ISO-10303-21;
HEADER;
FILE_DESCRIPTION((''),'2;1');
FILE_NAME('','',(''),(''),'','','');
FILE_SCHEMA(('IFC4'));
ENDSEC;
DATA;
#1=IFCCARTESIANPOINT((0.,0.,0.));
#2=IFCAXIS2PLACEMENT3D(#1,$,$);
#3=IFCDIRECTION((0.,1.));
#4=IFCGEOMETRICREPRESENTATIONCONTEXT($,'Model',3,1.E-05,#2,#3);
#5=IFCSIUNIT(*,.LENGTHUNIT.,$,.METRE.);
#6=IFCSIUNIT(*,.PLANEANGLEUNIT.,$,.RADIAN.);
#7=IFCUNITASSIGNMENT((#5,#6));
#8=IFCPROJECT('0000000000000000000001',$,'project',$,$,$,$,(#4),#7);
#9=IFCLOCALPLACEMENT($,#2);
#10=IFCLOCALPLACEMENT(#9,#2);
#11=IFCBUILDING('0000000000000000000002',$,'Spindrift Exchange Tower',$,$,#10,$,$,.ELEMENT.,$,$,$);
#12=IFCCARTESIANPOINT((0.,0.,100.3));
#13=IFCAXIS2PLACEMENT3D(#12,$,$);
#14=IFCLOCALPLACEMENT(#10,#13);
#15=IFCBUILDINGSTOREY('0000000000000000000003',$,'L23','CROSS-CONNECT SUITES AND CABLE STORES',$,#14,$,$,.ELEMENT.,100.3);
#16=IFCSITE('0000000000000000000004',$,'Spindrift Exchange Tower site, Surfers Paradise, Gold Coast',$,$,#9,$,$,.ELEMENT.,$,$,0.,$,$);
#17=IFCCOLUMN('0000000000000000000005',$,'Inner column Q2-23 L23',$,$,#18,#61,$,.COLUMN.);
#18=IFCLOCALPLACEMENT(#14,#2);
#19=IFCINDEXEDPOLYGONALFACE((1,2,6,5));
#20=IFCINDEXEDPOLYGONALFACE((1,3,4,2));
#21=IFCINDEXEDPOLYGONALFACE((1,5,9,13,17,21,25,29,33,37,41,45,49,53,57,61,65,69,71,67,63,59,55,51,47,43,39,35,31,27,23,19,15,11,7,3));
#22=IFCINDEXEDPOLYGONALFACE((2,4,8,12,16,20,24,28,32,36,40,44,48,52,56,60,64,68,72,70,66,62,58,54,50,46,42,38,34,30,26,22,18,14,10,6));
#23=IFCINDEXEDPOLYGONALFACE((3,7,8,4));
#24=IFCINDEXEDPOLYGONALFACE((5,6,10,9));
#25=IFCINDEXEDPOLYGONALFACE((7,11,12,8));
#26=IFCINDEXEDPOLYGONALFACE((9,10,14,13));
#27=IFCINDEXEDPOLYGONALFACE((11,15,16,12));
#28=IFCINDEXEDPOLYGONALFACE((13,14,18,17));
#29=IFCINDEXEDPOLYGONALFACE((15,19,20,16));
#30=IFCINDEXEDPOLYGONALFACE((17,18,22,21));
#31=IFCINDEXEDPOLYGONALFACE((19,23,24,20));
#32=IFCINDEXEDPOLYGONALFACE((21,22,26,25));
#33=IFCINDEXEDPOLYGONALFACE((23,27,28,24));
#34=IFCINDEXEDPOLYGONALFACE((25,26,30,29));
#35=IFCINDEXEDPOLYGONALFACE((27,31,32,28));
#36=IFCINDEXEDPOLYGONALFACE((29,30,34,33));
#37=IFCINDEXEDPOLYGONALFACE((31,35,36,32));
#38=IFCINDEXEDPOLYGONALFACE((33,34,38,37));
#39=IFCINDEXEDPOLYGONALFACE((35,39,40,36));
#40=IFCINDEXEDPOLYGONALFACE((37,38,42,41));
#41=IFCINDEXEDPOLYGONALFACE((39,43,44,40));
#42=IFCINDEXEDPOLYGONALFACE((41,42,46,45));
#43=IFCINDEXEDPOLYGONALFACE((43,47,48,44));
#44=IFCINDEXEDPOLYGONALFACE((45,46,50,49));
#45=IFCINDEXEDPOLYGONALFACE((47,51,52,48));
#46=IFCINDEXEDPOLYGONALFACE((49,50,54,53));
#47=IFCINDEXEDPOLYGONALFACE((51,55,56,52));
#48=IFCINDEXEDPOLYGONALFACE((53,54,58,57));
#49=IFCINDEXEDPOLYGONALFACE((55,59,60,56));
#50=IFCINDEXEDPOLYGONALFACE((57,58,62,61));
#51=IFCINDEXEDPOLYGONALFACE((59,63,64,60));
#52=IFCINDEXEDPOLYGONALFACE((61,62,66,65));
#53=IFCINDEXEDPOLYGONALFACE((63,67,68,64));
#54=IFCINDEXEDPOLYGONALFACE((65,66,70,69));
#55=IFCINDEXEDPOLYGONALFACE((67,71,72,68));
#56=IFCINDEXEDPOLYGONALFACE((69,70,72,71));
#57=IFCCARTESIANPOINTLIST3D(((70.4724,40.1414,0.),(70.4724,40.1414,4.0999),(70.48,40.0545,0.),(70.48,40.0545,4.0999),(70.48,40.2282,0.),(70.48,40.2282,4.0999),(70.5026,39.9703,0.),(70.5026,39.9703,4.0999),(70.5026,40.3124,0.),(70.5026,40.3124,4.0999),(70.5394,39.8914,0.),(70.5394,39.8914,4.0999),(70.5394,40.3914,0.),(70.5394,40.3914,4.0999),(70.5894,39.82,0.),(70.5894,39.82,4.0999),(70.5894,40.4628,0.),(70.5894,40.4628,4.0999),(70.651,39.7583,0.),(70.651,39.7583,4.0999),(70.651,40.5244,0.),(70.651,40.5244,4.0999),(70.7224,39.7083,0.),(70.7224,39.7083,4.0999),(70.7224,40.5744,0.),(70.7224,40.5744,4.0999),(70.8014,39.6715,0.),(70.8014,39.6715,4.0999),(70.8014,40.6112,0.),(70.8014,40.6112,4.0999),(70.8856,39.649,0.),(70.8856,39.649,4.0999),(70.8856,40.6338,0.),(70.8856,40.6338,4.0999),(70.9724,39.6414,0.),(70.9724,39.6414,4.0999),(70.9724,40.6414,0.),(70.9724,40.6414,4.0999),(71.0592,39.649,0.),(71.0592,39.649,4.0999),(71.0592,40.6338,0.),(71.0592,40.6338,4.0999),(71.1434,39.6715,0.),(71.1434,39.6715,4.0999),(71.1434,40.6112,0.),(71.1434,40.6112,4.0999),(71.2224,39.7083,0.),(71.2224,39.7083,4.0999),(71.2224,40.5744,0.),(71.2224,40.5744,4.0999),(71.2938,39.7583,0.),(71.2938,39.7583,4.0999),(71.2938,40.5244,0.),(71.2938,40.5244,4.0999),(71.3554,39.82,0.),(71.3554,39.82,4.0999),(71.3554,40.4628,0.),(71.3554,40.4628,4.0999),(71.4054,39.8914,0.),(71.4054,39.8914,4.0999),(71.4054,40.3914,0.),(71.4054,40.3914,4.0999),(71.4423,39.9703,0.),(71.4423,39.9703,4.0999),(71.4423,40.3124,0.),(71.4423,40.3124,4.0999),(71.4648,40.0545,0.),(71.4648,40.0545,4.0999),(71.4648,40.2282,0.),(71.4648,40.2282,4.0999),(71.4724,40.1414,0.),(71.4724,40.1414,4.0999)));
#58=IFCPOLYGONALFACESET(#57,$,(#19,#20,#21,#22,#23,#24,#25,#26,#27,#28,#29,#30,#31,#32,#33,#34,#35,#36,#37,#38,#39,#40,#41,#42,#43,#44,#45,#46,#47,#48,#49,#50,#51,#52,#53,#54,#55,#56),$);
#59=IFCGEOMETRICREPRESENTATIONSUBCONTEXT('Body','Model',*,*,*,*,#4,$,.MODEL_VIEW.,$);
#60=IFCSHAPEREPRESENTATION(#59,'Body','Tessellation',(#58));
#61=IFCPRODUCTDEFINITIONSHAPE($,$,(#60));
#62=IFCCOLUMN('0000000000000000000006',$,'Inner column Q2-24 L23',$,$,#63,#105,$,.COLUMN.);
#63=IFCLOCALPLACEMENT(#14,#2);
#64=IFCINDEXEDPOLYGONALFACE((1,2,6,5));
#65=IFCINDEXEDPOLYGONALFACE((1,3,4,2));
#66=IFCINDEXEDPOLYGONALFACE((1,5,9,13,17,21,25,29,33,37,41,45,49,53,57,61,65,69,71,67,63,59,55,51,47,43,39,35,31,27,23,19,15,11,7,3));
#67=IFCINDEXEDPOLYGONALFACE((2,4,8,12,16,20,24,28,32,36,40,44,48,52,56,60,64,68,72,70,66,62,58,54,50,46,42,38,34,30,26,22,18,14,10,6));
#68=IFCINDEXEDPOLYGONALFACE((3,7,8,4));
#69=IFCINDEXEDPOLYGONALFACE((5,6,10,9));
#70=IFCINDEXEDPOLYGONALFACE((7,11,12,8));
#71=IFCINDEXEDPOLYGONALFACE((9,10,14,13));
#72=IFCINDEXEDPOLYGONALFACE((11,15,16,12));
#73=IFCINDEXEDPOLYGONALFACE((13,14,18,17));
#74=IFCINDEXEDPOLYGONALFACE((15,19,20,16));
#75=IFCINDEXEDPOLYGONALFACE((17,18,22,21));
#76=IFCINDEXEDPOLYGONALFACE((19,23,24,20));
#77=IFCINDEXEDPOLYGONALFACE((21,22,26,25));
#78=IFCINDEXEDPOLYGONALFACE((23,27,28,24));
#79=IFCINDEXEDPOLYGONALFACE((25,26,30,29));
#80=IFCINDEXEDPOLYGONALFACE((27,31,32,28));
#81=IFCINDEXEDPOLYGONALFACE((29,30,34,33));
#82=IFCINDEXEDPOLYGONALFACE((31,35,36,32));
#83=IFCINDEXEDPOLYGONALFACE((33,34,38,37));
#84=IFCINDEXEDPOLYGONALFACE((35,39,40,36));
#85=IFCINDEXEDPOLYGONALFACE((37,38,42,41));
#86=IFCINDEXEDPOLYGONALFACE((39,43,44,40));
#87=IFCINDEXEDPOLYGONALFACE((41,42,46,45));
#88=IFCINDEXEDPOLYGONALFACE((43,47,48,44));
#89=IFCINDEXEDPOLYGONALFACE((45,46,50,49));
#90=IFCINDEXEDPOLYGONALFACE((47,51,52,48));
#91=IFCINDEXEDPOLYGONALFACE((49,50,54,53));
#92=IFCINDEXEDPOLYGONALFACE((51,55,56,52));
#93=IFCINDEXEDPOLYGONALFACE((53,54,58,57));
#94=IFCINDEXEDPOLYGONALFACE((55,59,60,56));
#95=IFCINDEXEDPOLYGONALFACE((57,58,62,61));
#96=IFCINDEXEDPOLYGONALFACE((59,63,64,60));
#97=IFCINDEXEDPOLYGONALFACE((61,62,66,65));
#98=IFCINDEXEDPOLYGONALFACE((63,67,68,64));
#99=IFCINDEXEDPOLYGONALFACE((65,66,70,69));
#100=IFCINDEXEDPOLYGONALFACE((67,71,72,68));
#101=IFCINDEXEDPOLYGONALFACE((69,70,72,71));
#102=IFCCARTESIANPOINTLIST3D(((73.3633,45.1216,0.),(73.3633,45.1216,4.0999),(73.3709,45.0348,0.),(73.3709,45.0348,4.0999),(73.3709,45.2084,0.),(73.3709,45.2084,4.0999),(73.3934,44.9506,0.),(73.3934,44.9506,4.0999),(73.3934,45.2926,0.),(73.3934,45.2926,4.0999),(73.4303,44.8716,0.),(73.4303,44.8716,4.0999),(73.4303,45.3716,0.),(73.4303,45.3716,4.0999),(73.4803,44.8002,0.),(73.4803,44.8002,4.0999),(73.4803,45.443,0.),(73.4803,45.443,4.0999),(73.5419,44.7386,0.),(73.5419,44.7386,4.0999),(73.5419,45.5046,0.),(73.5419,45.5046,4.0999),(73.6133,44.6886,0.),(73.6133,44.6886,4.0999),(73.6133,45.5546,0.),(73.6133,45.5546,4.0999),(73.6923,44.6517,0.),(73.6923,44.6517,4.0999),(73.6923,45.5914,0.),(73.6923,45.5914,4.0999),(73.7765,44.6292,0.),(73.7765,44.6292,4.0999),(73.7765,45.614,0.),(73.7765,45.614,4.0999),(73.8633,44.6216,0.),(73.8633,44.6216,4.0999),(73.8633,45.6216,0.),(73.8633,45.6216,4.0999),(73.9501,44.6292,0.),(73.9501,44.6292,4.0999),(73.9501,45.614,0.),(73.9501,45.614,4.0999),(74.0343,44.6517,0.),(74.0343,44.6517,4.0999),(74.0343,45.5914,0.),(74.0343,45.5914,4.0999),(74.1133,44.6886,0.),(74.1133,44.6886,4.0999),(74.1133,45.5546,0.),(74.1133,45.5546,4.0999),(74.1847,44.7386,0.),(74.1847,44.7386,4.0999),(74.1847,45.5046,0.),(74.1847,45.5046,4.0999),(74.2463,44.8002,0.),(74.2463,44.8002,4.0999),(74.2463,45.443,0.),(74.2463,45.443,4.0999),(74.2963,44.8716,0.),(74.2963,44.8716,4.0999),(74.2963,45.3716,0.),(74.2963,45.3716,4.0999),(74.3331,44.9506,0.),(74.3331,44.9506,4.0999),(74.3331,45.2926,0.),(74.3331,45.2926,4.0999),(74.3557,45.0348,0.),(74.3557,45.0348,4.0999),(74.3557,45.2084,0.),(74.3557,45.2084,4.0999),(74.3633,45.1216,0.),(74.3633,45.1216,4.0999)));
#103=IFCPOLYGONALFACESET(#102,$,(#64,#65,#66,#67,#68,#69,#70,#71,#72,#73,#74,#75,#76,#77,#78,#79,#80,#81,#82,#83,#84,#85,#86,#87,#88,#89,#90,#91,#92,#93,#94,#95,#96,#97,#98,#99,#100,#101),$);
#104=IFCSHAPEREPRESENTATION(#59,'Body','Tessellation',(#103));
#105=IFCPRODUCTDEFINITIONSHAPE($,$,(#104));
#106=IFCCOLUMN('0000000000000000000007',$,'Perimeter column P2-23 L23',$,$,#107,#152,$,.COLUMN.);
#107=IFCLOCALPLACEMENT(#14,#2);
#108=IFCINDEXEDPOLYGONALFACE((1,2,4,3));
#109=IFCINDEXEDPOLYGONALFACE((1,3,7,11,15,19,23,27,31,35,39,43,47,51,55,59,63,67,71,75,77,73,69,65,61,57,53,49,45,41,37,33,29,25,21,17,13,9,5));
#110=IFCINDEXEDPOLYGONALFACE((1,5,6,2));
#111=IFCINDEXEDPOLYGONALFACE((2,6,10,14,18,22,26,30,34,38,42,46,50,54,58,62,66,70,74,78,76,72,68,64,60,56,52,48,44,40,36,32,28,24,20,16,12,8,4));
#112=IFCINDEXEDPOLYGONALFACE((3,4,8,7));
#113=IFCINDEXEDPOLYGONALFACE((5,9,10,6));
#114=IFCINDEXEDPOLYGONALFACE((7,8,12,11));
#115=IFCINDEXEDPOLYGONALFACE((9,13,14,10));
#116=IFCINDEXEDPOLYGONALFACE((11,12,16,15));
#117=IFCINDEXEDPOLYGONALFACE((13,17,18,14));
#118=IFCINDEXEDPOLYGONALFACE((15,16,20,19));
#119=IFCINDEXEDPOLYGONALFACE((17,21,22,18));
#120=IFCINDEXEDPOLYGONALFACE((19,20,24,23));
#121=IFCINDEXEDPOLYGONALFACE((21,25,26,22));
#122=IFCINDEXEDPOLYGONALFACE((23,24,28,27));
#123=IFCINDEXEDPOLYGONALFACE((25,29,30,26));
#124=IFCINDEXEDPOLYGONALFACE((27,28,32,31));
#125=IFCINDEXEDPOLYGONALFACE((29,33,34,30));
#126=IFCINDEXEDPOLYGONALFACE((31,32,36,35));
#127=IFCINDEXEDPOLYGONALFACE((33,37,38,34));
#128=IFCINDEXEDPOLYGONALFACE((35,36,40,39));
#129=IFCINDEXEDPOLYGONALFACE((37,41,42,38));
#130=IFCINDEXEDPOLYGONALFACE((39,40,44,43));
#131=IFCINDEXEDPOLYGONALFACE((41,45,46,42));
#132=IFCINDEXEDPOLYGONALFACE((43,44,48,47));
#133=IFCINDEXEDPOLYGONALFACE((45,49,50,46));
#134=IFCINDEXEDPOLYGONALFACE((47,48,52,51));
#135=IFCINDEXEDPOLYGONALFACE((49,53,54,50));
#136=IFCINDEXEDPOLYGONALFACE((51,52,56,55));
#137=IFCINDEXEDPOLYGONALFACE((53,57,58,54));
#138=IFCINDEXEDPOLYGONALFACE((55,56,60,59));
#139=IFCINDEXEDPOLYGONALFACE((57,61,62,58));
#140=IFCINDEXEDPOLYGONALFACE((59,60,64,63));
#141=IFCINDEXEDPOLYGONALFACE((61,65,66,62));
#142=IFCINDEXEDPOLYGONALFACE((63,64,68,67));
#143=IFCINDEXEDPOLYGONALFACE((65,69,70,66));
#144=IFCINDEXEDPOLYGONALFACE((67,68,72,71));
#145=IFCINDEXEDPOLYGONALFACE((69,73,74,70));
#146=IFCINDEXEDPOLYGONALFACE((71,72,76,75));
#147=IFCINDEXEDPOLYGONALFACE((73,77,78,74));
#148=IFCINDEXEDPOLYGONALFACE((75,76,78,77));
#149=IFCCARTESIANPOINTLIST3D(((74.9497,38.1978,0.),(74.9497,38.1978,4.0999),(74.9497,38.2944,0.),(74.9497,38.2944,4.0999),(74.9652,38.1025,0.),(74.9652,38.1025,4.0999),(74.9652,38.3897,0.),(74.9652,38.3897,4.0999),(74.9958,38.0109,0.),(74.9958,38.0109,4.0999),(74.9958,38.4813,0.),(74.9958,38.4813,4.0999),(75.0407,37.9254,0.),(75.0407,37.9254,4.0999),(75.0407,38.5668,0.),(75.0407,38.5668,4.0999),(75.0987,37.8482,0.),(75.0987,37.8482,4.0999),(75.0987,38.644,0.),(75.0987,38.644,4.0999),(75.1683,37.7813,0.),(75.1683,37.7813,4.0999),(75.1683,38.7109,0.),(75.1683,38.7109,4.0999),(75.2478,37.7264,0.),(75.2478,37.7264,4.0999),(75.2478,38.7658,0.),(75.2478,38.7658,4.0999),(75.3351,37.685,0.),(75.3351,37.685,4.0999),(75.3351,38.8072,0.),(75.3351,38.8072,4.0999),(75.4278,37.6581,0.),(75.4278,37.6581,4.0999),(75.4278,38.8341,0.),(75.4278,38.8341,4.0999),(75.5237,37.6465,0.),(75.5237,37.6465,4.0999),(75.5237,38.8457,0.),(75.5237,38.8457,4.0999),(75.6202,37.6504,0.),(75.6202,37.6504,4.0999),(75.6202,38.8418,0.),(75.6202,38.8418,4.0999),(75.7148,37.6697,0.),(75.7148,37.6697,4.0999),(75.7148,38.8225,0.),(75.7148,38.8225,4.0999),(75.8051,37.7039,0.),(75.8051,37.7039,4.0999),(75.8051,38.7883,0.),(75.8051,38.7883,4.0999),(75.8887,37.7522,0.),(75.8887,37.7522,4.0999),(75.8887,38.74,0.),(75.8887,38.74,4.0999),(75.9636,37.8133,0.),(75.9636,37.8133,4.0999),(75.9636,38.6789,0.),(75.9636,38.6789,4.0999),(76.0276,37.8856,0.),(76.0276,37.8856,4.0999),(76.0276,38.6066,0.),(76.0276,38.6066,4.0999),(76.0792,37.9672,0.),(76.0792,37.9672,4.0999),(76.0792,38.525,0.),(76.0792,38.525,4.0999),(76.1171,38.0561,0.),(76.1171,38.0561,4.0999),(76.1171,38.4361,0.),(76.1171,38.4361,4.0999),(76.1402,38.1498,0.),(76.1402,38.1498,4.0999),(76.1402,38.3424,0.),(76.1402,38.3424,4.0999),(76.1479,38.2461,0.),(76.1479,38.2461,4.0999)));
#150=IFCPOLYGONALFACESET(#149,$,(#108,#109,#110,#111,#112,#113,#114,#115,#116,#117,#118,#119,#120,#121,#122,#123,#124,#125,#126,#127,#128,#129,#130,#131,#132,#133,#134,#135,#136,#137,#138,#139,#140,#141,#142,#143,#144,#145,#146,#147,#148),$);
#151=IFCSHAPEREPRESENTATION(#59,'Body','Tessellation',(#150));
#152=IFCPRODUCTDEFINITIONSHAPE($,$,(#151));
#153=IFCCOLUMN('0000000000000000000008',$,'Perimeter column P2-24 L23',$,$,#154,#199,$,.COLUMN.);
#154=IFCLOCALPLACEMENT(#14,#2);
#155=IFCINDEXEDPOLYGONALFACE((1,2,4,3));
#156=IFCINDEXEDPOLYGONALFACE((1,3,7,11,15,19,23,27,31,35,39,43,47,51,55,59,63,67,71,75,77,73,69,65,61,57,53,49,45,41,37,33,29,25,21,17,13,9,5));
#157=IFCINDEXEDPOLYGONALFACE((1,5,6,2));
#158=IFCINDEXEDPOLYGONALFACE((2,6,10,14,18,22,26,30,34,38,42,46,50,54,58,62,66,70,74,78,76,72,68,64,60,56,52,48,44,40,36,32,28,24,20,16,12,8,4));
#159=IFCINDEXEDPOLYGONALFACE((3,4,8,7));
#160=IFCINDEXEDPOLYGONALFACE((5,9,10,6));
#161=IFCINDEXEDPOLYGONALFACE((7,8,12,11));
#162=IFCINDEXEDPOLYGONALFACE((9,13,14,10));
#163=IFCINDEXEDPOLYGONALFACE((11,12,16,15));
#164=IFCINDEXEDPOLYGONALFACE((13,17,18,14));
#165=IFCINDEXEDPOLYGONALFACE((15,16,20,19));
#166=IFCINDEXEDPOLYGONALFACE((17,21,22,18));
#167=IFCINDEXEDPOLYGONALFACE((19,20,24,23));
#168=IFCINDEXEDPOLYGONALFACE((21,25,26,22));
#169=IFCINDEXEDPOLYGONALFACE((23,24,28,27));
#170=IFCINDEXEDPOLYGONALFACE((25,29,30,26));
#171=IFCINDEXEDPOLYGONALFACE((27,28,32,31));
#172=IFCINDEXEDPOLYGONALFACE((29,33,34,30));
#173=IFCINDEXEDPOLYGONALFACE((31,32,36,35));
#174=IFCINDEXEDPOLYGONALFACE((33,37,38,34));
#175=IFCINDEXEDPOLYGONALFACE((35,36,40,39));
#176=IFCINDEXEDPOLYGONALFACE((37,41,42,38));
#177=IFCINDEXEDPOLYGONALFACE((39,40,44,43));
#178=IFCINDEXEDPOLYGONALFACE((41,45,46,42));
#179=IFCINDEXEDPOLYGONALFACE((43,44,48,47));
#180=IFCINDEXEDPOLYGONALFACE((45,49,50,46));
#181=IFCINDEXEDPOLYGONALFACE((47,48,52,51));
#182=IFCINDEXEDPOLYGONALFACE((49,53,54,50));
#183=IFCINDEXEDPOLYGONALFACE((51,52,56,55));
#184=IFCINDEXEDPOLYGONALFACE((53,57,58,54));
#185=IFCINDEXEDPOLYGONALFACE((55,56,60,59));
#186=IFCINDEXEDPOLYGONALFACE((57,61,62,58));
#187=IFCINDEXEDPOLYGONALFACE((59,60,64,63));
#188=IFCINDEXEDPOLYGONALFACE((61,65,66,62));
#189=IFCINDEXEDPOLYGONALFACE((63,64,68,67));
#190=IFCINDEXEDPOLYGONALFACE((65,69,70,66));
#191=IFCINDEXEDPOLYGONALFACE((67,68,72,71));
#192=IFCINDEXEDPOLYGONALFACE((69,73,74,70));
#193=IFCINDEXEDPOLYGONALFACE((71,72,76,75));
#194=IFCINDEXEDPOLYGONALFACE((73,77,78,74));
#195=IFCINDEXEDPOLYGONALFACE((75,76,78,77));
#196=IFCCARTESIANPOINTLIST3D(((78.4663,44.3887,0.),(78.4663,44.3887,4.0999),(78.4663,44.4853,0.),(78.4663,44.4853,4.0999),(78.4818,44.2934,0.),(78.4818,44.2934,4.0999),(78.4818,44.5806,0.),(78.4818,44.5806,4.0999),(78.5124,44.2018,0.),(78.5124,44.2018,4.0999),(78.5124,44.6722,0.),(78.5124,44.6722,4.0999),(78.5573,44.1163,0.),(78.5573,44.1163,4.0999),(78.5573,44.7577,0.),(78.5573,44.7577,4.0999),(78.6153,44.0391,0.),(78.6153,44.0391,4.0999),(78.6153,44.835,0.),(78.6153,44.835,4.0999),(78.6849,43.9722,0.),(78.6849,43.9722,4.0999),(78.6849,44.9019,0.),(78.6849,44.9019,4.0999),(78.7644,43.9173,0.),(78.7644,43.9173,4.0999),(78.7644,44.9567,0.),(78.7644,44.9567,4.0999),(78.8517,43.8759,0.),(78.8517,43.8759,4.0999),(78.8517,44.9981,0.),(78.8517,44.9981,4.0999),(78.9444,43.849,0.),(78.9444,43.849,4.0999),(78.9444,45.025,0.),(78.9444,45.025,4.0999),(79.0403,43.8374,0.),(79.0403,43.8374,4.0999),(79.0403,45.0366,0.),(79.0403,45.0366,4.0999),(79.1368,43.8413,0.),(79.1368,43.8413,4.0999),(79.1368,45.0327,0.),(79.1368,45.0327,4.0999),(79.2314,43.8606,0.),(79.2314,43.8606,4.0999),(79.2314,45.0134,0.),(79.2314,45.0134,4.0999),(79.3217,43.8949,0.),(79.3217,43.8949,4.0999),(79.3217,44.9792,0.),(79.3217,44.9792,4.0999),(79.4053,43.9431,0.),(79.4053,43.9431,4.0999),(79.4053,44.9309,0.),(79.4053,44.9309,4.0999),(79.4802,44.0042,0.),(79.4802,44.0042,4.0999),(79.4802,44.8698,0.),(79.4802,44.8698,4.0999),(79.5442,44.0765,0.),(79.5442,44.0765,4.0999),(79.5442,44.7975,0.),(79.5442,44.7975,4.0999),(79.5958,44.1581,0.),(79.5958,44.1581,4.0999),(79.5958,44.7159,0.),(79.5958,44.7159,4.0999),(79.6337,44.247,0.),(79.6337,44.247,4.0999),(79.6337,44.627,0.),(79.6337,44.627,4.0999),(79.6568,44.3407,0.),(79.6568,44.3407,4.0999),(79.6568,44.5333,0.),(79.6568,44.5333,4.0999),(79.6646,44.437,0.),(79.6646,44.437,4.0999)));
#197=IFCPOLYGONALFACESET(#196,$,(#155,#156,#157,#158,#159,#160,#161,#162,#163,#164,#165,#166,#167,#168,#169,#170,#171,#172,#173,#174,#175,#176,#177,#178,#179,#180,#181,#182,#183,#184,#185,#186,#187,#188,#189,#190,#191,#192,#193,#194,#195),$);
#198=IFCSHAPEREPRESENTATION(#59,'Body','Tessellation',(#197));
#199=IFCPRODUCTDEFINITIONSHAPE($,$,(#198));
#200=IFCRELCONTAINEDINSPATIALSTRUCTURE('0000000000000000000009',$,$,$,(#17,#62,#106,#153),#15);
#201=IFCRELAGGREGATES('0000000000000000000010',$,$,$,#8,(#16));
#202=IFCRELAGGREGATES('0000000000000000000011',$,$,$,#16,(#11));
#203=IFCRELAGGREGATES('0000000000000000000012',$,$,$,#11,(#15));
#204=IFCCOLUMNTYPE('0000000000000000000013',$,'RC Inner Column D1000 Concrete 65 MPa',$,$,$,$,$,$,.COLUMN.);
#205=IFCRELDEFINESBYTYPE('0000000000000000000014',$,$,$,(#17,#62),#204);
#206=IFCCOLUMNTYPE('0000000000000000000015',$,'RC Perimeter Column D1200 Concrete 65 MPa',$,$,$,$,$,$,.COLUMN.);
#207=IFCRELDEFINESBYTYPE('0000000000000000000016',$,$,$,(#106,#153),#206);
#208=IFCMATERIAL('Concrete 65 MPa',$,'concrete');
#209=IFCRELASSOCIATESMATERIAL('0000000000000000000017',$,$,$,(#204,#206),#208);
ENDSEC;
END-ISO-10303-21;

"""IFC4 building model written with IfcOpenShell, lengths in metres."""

from ifc_helpers import new_model, si_unit, direction, frame, origin, origin_2d, place, context, subcontext, project, spatial, circle, extrude, source, transform, mapped, material, material_profile, profile_set, type_object, element, save


model = new_model("IFC4")

# Units and contexts
model_context = context("Model", 3, precision=1e-05, world=origin(), true_north=direction((0.0, 1.0)))
body_context = subcontext(model_context, "Body", "Model", "MODEL_VIEW")
ifc_project = project(units=[si_unit("LENGTHUNIT", "METRE"), si_unit("PLANEANGLEUNIT", "RADIAN")], contexts=[model_context])

# Site, building, storey
site_placement = place(None, origin())
site = spatial("IfcSite", under=ifc_project, at=site_placement, Name="Spindrift Exchange Tower site, Surfers Paradise, Gold Coast", CompositionType="ELEMENT", RefElevation=0.0)
building_placement = place(site_placement, origin())
building = spatial("IfcBuilding", under=site, at=building_placement, Name="Spindrift Exchange Tower", CompositionType="ELEMENT")
storey_placement = place(building_placement, frame((0.0, 0.0, 100.3)))
storey = spatial("IfcBuildingStorey", under=building, at=storey_placement, Name="L23", Description="CROSS-CONNECT SUITES AND CABLE STORES", CompositionType="ELEMENT", Elevation=100.3)

# Columns
ifc_material_1 = material(Name="Concrete 65 MPa", Category="concrete")
ifc_material_profile_1 = material_profile(ifc_material_1, circle(Radius=0.5, at=origin_2d()), Name="RC D1000")
ifc_profile_set_1 = profile_set([ifc_material_profile_1], Name="Concrete 65 MPa")
column_type_1 = type_object("IfcColumnType", Name="RC Inner Column D1000 Concrete 65 MPa", PredefinedType="COLUMN", material=ifc_profile_set_1)
shared_shape_1 = source(origin(), body_context, "Body", "SweptSolid", [
    extrude(circle(Radius=0.5, at=origin_2d()), origin(), (0.0, 0.0, 1.0), 4.0999),
])
for number, where, z_axis, x_axis, name in (
    (1, (70.9724, 40.1414, 0.0), (0.0, 0.0, 1.0), (1.0, 0.0, 0.0), "Inner column Q2-23 L23"),
    (2, (73.8633, 45.1216, 0.0), (0.0, 0.0, 1.0), (1.0, 0.0, 0.0), "Inner column Q2-24 L23"),
):
    element("IfcColumn", number, at=place(storey_placement, frame(where, z_axis=z_axis, x_axis=x_axis)), inside=storey, type_object=column_type_1, Name=name, PredefinedType="COLUMN", context=body_context, shape_type="MappedRepresentation", body=[
        mapped(shared_shape_1, transform((0.0, 0.0, 0.0), scale=1.0)),
    ])
ifc_material_profile_2 = material_profile(ifc_material_1, circle(Radius=0.6001, at=origin_2d()), Name="RC D1200")
ifc_profile_set_2 = profile_set([ifc_material_profile_2], Name="Concrete 65 MPa")
column_type_2 = type_object("IfcColumnType", Name="RC Perimeter Column D1200 Concrete 65 MPa", PredefinedType="COLUMN", material=ifc_profile_set_2)
shared_shape_2 = source(origin(), body_context, "Body", "SweptSolid", [
    extrude(circle(Radius=0.6001, at=origin_2d()), origin(), (0.0, 0.0, 1.0), 4.0999),
])
for number, where, z_axis, x_axis, name in (
    (3, (75.5479, 38.2461, 0.0), (0.0, 0.0, 1.0), (1.0, 0.0, 0.0), "Perimeter column P2-23 L23"),
    (4, (79.0645, 44.437, 0.0), (0.0, 0.0, 1.0), (1.0, 0.0, 0.0), "Perimeter column P2-24 L23"),
):
    element("IfcColumn", number, at=place(storey_placement, frame(where, z_axis=z_axis, x_axis=x_axis)), inside=storey, type_object=column_type_2, Name=name, PredefinedType="COLUMN", context=body_context, shape_type="MappedRepresentation", body=[
        mapped(shared_shape_2, transform((0.0, 0.0, 0.0), scale=1.0)),
    ])

save(model, "model.ifc")
